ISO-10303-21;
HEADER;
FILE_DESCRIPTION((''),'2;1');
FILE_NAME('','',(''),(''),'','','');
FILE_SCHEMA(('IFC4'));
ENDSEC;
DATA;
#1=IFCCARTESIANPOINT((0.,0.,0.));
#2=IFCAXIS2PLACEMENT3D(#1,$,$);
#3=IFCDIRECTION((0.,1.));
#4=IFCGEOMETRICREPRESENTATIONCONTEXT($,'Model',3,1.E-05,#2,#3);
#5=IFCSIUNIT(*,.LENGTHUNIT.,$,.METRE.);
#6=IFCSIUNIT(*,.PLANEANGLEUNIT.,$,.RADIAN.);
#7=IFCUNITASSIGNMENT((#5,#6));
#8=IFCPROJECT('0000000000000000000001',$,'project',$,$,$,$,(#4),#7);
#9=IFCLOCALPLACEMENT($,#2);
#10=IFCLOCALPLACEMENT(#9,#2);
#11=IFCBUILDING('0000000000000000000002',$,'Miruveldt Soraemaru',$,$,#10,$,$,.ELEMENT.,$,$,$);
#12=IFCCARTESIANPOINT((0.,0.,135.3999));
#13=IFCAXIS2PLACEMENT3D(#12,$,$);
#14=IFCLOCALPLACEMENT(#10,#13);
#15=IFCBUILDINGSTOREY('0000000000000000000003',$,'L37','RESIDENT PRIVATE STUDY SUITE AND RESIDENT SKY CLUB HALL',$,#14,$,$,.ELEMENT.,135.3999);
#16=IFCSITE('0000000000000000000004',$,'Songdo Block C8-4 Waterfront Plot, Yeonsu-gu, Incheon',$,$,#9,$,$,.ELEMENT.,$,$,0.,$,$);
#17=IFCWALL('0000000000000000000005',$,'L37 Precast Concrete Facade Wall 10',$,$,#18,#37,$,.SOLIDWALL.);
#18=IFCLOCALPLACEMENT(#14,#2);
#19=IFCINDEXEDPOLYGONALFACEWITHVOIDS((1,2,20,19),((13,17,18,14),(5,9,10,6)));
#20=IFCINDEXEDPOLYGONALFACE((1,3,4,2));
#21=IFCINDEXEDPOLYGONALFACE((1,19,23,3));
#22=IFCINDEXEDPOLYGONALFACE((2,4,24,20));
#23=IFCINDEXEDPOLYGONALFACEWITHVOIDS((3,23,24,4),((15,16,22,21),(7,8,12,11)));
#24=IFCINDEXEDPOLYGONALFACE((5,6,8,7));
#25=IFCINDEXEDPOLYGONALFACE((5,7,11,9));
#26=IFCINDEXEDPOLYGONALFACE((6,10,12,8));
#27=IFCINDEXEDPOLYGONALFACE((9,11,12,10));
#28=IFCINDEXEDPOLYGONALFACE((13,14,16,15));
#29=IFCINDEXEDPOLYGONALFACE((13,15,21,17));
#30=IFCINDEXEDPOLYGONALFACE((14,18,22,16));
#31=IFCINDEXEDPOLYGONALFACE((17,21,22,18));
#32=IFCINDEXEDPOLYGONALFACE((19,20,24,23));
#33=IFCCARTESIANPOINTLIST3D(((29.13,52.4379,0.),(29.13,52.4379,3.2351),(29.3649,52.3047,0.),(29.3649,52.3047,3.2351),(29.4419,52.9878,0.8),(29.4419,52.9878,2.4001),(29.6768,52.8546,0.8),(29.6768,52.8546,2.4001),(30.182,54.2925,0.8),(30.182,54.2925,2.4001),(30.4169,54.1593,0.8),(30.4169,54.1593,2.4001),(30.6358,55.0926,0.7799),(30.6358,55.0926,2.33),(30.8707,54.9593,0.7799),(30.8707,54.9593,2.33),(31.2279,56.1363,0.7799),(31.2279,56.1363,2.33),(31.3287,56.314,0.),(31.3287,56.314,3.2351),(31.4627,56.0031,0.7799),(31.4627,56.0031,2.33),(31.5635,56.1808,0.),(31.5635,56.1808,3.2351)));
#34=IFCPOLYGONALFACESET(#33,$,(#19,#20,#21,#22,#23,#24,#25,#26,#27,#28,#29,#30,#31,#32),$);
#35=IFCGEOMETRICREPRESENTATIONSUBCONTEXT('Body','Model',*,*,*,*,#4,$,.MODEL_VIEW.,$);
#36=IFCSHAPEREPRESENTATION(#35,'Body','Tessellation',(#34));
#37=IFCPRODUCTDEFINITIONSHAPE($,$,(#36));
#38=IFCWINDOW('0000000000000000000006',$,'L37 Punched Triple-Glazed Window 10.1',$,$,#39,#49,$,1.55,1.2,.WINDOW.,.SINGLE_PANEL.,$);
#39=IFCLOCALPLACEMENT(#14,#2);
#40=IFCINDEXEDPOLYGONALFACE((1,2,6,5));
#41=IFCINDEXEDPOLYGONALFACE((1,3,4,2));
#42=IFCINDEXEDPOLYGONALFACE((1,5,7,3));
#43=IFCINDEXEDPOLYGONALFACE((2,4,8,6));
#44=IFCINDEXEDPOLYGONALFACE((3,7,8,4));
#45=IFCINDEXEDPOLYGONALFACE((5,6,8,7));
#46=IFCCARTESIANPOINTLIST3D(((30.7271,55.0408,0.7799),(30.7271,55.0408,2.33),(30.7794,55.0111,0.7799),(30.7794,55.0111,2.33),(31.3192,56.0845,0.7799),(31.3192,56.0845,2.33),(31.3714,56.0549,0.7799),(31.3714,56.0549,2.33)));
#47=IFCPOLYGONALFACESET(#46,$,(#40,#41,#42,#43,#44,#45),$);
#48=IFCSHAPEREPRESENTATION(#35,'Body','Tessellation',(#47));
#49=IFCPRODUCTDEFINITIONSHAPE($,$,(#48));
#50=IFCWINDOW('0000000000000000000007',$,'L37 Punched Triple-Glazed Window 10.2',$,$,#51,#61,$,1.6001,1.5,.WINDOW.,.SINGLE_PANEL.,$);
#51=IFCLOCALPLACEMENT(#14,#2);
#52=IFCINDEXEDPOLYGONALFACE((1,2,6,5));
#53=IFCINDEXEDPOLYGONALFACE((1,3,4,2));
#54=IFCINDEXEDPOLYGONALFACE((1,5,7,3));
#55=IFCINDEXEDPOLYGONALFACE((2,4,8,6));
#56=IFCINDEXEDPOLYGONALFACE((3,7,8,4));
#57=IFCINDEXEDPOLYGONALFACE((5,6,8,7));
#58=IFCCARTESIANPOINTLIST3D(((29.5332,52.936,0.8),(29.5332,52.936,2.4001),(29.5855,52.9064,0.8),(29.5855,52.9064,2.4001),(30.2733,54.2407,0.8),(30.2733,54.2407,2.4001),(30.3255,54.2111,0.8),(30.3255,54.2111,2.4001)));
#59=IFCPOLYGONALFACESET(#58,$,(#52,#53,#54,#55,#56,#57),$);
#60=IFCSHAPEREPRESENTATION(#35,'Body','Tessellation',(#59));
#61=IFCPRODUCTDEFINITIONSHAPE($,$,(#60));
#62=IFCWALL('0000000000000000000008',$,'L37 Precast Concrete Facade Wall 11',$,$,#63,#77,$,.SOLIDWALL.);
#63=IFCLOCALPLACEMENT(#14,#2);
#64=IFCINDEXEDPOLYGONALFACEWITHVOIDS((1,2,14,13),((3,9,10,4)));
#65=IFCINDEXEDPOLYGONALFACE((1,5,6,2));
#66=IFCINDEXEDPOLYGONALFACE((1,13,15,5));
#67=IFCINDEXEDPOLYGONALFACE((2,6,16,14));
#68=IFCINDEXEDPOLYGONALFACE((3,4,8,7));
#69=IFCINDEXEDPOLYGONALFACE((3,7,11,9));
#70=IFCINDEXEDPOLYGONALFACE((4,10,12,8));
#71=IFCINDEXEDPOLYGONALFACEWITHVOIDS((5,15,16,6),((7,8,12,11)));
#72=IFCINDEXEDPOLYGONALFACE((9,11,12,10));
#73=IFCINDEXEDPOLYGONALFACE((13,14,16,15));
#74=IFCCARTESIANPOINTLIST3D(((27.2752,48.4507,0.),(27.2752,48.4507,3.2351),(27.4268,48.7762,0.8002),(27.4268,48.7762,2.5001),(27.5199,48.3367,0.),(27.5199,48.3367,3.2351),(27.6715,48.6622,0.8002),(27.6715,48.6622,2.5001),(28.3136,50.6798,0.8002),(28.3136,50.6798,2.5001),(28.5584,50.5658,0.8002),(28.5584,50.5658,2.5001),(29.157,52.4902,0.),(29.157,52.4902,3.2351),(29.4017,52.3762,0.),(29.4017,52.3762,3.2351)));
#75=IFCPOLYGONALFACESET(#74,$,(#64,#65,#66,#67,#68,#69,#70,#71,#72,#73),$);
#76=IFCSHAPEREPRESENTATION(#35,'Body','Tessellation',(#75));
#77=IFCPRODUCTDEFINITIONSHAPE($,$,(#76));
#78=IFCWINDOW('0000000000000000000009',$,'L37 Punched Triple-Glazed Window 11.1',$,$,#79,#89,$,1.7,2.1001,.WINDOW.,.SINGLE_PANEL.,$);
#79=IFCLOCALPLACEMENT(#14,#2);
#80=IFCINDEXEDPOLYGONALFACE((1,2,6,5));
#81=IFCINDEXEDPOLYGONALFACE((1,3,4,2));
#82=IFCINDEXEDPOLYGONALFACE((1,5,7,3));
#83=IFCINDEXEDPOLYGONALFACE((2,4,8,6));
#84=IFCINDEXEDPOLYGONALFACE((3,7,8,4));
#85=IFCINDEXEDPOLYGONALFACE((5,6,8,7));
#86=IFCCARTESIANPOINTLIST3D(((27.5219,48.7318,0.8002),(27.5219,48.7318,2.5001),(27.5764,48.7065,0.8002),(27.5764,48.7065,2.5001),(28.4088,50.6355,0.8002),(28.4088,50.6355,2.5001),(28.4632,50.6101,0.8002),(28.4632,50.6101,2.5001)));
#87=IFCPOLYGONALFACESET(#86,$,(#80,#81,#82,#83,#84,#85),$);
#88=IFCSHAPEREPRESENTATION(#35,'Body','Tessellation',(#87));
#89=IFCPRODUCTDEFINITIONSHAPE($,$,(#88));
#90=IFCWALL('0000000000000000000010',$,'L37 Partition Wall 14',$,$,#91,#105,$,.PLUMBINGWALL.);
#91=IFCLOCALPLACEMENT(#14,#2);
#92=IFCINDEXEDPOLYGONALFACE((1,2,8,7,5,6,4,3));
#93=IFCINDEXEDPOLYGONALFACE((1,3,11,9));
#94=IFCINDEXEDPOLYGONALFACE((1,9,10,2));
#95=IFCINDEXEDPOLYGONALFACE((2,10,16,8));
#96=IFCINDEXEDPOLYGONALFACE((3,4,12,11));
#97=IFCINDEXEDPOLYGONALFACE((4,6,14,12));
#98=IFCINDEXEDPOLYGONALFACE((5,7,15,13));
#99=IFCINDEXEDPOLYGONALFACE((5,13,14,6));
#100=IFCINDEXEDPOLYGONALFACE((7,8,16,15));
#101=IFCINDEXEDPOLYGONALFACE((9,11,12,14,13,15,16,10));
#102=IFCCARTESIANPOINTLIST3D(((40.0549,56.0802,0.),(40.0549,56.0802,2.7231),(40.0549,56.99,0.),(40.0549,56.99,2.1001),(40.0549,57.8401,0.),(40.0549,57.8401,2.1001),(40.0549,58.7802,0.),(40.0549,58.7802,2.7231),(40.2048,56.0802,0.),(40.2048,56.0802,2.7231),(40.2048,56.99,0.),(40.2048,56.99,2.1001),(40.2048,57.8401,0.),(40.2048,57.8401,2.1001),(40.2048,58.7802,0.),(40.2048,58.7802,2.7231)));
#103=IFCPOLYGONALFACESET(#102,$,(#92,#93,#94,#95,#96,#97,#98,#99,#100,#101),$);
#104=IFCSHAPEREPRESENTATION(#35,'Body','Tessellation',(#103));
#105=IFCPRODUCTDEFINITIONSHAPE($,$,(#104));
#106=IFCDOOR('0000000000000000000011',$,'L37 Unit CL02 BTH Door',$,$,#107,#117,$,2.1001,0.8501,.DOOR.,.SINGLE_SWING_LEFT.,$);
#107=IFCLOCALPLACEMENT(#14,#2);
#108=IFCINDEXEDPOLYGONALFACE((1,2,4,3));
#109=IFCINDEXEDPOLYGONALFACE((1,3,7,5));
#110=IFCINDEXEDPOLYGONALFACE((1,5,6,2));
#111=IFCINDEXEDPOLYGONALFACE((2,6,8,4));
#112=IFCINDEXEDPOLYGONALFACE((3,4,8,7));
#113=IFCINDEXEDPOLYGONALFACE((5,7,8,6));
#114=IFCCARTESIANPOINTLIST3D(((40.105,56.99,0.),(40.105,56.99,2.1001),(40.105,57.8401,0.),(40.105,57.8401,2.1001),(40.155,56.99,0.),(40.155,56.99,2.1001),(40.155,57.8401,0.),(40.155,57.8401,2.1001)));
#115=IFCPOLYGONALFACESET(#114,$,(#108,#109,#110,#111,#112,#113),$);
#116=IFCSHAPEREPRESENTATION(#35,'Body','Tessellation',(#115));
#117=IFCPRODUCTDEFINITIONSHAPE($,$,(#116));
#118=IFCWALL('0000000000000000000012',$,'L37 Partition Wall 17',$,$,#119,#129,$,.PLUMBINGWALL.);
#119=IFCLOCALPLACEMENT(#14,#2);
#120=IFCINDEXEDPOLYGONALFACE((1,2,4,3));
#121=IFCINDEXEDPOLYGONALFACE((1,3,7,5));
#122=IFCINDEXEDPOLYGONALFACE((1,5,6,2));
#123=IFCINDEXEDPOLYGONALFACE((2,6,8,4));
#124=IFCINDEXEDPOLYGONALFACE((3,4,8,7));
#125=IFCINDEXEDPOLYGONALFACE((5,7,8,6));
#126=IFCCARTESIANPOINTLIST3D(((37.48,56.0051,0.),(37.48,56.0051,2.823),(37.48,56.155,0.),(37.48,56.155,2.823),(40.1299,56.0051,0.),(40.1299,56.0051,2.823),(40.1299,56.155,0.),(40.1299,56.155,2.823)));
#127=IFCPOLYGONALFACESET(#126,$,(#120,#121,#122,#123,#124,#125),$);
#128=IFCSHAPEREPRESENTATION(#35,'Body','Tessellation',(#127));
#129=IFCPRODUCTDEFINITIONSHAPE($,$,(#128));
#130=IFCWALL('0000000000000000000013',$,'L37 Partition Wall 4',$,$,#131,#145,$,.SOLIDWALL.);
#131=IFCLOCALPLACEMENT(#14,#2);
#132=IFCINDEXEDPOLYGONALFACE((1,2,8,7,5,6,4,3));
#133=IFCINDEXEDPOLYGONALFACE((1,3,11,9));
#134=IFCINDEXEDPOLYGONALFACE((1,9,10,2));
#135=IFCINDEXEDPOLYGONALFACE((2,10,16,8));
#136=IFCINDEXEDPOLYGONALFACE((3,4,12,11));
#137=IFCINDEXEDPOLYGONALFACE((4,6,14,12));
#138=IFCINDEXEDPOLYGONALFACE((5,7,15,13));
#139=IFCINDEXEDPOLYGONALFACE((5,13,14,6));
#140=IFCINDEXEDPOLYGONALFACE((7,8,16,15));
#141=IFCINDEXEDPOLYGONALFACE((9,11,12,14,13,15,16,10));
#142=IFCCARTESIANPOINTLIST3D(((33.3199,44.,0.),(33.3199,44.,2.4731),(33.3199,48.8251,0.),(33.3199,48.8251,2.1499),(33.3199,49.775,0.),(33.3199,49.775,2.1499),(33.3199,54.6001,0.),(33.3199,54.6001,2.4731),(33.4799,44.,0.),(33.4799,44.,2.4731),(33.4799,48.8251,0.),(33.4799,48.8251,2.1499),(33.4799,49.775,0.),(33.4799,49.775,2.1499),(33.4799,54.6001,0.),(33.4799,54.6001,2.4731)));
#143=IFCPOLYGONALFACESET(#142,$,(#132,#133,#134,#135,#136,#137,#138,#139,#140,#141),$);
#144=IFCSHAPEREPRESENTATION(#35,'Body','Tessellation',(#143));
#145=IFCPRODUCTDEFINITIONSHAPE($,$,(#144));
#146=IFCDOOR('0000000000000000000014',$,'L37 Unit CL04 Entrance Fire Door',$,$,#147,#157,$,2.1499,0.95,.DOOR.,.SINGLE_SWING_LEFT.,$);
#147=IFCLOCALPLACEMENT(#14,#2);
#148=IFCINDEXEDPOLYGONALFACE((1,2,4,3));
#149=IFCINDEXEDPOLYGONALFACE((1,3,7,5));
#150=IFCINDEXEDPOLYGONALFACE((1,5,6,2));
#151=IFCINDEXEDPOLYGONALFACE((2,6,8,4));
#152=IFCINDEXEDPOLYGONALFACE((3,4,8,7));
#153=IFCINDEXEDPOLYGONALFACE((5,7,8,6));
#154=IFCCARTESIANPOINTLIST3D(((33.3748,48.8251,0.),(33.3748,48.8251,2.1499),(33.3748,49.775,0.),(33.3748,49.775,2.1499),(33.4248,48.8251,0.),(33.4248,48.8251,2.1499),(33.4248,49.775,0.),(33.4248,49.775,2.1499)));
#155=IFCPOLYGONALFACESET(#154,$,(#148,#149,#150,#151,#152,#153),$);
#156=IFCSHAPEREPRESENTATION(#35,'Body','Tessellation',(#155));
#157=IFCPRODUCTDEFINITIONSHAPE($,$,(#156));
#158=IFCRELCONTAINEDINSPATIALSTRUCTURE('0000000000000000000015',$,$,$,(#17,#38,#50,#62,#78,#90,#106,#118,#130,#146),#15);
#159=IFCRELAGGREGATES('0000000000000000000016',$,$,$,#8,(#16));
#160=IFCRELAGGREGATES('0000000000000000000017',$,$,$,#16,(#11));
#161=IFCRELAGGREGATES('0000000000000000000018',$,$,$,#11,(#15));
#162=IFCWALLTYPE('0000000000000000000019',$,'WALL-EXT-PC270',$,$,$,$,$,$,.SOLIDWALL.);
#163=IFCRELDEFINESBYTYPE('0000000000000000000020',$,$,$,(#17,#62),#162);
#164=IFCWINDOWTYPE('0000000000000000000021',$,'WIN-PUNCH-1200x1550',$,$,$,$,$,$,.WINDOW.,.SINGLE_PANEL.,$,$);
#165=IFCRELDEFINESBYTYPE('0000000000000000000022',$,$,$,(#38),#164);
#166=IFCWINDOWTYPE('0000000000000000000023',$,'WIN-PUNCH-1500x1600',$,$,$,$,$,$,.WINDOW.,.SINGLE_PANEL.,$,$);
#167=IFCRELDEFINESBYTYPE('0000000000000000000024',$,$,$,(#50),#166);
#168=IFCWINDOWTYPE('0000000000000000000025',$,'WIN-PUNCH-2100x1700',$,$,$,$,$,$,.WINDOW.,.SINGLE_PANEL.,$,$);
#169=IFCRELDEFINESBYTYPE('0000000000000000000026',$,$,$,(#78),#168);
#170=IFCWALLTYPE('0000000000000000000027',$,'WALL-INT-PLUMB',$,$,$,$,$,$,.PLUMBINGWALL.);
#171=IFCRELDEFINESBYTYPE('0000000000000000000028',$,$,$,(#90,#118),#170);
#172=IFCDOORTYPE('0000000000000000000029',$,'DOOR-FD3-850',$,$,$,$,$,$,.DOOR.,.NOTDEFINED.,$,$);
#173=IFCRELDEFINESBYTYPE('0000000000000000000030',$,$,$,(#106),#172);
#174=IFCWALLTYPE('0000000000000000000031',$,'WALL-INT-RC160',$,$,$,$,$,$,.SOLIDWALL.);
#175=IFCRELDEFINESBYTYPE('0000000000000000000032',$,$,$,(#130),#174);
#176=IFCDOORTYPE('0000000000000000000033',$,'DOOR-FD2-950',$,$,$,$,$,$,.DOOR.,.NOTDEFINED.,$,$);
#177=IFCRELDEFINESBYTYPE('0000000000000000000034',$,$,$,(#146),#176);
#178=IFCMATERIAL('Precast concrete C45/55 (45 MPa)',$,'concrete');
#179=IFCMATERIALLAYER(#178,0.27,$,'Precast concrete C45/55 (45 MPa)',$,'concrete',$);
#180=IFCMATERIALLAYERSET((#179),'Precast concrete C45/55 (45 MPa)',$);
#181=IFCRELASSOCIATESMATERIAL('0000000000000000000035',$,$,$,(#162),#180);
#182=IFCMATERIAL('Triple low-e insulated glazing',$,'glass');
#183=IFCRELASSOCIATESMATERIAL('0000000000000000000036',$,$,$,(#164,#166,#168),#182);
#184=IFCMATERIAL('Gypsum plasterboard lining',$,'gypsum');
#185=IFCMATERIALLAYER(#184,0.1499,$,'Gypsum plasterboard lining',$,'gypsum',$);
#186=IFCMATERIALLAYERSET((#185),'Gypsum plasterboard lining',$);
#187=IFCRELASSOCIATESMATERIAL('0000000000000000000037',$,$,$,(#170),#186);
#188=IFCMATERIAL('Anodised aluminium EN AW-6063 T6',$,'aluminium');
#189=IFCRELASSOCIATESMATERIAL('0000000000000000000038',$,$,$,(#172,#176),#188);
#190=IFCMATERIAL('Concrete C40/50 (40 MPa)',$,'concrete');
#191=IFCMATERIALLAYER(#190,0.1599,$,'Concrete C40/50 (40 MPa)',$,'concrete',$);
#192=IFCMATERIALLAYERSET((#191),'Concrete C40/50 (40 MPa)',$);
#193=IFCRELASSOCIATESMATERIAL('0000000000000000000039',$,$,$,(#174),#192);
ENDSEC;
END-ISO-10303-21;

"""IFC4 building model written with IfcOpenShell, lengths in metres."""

from ifc_helpers import new_model, si_unit, direction, frame, frame_2d, origin, place, context, subcontext, project, spatial, rectangle, extrude, material, layer, layer_set, type_object, element, fill, save


model = new_model("IFC4")

# Units and contexts
model_context = context("Model", 3, precision=1e-05, world=origin(), true_north=direction((0.0, 1.0)))
body_context = subcontext(model_context, "Body", "Model", "MODEL_VIEW")
ifc_project = project(units=[si_unit("LENGTHUNIT", "METRE"), si_unit("PLANEANGLEUNIT", "RADIAN")], contexts=[model_context])

# Site, building, storey
site_placement = place(None, origin())
site = spatial("IfcSite", under=ifc_project, at=site_placement, Name="Songdo Block C8-4 Waterfront Plot, Yeonsu-gu, Incheon", CompositionType="ELEMENT", RefElevation=0.0)
building_placement = place(site_placement, origin())
building = spatial("IfcBuilding", under=site, at=building_placement, Name="Miruveldt Soraemaru", CompositionType="ELEMENT")
storey_placement = place(building_placement, frame((0.0, 0.0, 135.3999)))
storey = spatial("IfcBuildingStorey", under=building, at=storey_placement, Name="L37", Description="RESIDENT PRIVATE STUDY SUITE AND RESIDENT SKY CLUB HALL", CompositionType="ELEMENT", Elevation=135.3999)

# Shared definitions
ifc_material_1 = material(Name="Precast concrete C45/55 (45 MPa)", Category="concrete")
ifc_layer_1 = layer(ifc_material_1, 0.27, Name="Precast concrete C45/55 (45 MPa)", Category="concrete")
ifc_layer_set_1 = layer_set([ifc_layer_1], Name="Precast concrete C45/55 (45 MPa)")
wall_type_1 = type_object("IfcWallType", Name="WALL-EXT-PC270", PredefinedType="SOLIDWALL", material=ifc_layer_set_1)

# Wall, openings, windows
wall_1_placement = place(storey_placement, frame((31.446, 56.2473, 0.0), z_axis=(0.0, 0.0, 1.0), x_axis=(-0.493387, -0.86981, 0.0)))
wall_1 = element("IfcWall", 1, at=wall_1_placement, inside=storey, type_object=wall_type_1, Name="L37 Precast Concrete Facade Wall 10", PredefinedType="SOLIDWALL", context=body_context, shape_type="SweptSolid", body=[
    extrude(rectangle(XDim=4.4563, YDim=0.27, at=frame_2d((2.228, 0.0))), origin(), (0.0, 0.0, 1.0), 3.2351),
])
opening_1_placement = place(wall_1_placement, frame((0.2041, 0.0, 0.78)))
opening_1 = element("IfcOpeningElement", 2, at=opening_1_placement, cuts=wall_1, PredefinedType="OPENING", context=body_context, shape_type="SweptSolid", body=[
    extrude(rectangle(XDim=1.2, YDim=1.55, at=frame_2d((0.6001, 0.7749))), frame((0.0, 0.145, 0.0), z_axis=(0.0, -1.0, 0.0), x_axis=(1.0, 0.0, 0.0)), (0.0, 0.0, 1.0), 0.29),
])
opening_2_placement = place(wall_1_placement, frame((2.324, 0.0, 0.8)))
opening_2 = element("IfcOpeningElement", 3, at=opening_2_placement, cuts=wall_1, PredefinedType="OPENING", context=body_context, shape_type="SweptSolid", body=[
    extrude(rectangle(XDim=1.5, YDim=1.6001, at=frame_2d((0.75, 0.8))), frame((0.0, 0.145, 0.0), z_axis=(0.0, -1.0, 0.0), x_axis=(1.0, 0.0, 0.0)), (0.0, 0.0, 1.0), 0.29),
])
ifc_material_2 = material(Name="Triple low-e insulated glazing", Category="glass")
window_type_1 = type_object("IfcWindowType", Name="WIN-PUNCH-1200x1550", PartitioningType="SINGLE_PANEL", PredefinedType="WINDOW", material=ifc_material_2)
window_1_placement = place(opening_1_placement, origin())
window_1 = element("IfcWindow", 4, at=window_1_placement, inside=storey, type_object=window_type_1, Name="L37 Punched Triple-Glazed Window 10.1", OverallHeight=1.55, OverallWidth=1.2, PartitioningType="SINGLE_PANEL", PredefinedType="WINDOW", context=body_context, shape_type="SweptSolid", body=[
    extrude(rectangle(XDim=1.2, YDim=1.55, at=frame_2d((0.6001, 0.7749))), frame((0.0, 0.03, 0.0), z_axis=(0.0, -1.0, 0.0), x_axis=(1.0, 0.0, 0.0)), (0.0, 0.0, 1.0), 0.0601),
])
fill(opening_1, window_1)
window_type_2 = type_object("IfcWindowType", Name="WIN-PUNCH-1500x1600", PartitioningType="SINGLE_PANEL", PredefinedType="WINDOW", material=ifc_material_2)
window_2_placement = place(opening_2_placement, origin())
window_2 = element("IfcWindow", 5, at=window_2_placement, inside=storey, type_object=window_type_2, Name="L37 Punched Triple-Glazed Window 10.2", OverallHeight=1.6001, OverallWidth=1.5, PartitioningType="SINGLE_PANEL", PredefinedType="WINDOW", context=body_context, shape_type="SweptSolid", body=[
    extrude(rectangle(XDim=1.5, YDim=1.6001, at=frame_2d((0.75, 0.8))), frame((0.0, 0.03, 0.0), z_axis=(0.0, -1.0, 0.0), x_axis=(1.0, 0.0, 0.0)), (0.0, 0.0, 1.0), 0.0601),
])
fill(opening_2, window_2)

# Wall, opening, window
wall_2_placement = place(storey_placement, frame((29.2793, 52.4331, 0.0), z_axis=(0.0, 0.0, 1.0), x_axis=(-0.42228, -0.906466, 0.0)))
wall_2 = element("IfcWall", 6, at=wall_2_placement, inside=storey, type_object=wall_type_1, Name="L37 Precast Concrete Facade Wall 11", PredefinedType="SOLIDWALL", context=body_context, shape_type="SweptSolid", body=[
    extrude(rectangle(XDim=4.4563, YDim=0.27, at=frame_2d((2.228, 0.0))), origin(), (0.0, 0.0, 1.0), 3.2351),
])
opening_3_placement = place(wall_2_placement, frame((1.9971, 0.0, 0.8)))
opening_3 = element("IfcOpeningElement", 7, at=opening_3_placement, cuts=wall_2, PredefinedType="OPENING", context=body_context, shape_type="SweptSolid", body=[
    extrude(rectangle(XDim=2.1001, YDim=1.7, at=frame_2d((1.05, 0.8501))), frame((0.0, 0.145, 0.0), z_axis=(0.0, -1.0, 0.0), x_axis=(1.0, 0.0, 0.0)), (0.0, 0.0, 1.0), 0.29),
])
window_type_3 = type_object("IfcWindowType", Name="WIN-PUNCH-2100x1700", PartitioningType="SINGLE_PANEL", PredefinedType="WINDOW", material=ifc_material_2)
window_3_placement = place(opening_3_placement, origin())
window_3 = element("IfcWindow", 8, at=window_3_placement, inside=storey, type_object=window_type_3, Name="L37 Punched Triple-Glazed Window 11.1", OverallHeight=1.7, OverallWidth=2.1001, PartitioningType="SINGLE_PANEL", PredefinedType="WINDOW", context=body_context, shape_type="SweptSolid", body=[
    extrude(rectangle(XDim=2.1001, YDim=1.7, at=frame_2d((1.05, 0.8501))), frame((0.0, 0.03, 0.0), z_axis=(0.0, -1.0, 0.0), x_axis=(1.0, 0.0, 0.0)), (0.0, 0.0, 1.0), 0.0601),
])
fill(opening_3, window_3)

# Wall, opening, door
ifc_material_3 = material(Name="Gypsum plasterboard lining", Category="gypsum")
ifc_layer_2 = layer(ifc_material_3, 0.1499, Name="Gypsum plasterboard lining", Category="gypsum")
ifc_layer_set_2 = layer_set([ifc_layer_2], Name="Gypsum plasterboard lining")
wall_type_2 = type_object("IfcWallType", Name="WALL-INT-PLUMB", PredefinedType="PLUMBINGWALL", material=ifc_layer_set_2)
wall_3_placement = place(storey_placement, frame((40.1299, 56.0801, 0.0), z_axis=(0.0, 0.0, 1.0), x_axis=(0.0, 1.0, 0.0)))
wall_3 = element("IfcWall", 9, at=wall_3_placement, inside=storey, type_object=wall_type_2, Name="L37 Partition Wall 14", PredefinedType="PLUMBINGWALL", context=body_context, shape_type="SweptSolid", body=[
    extrude(rectangle(XDim=2.7, YDim=0.1499, at=frame_2d((1.3501, 0.0))), origin(), (0.0, 0.0, 1.0), 2.7231),
])
opening_4_placement = place(wall_3_placement, frame((0.9099, 0.0, 0.0)))
opening_4 = element("IfcOpeningElement", 10, at=opening_4_placement, cuts=wall_3, PredefinedType="OPENING", context=body_context, shape_type="SweptSolid", body=[
    extrude(rectangle(XDim=0.8501, YDim=2.1001, at=frame_2d((0.425, 1.05))), frame((0.0, 0.085, 0.0), z_axis=(0.0, -1.0, 0.0), x_axis=(1.0, 0.0, 0.0)), (0.0, 0.0, 1.0), 0.1699),
])
ifc_material_4 = material(Name="Anodised aluminium EN AW-6063 T6", Category="aluminium")
door_type_1 = type_object("IfcDoorType", Name="DOOR-FD3-850", OperationType="NOTDEFINED", PredefinedType="DOOR", material=ifc_material_4)
door_1_placement = place(opening_4_placement, origin())
door_1 = element("IfcDoor", 11, at=door_1_placement, inside=storey, type_object=door_type_1, Name="L37 Unit CL02 BTH Door", OperationType="SINGLE_SWING_LEFT", OverallHeight=2.1001, OverallWidth=0.8501, PredefinedType="DOOR", context=body_context, shape_type="SweptSolid", body=[
    extrude(rectangle(XDim=0.8501, YDim=2.1001, at=frame_2d((0.425, 1.05))), frame((0.0, 0.0249, 0.0), z_axis=(0.0, -1.0, 0.0), x_axis=(1.0, 0.0, 0.0)), (0.0, 0.0, 1.0), 0.05),
])
fill(opening_4, door_1)

# Wall
wall_4_placement = place(storey_placement, frame((37.48, 56.0801, 0.0), z_axis=(0.0, 0.0, 1.0), x_axis=(1.0, 0.0, 0.0)))
element("IfcWall", 12, at=wall_4_placement, inside=storey, type_object=wall_type_2, Name="L37 Partition Wall 17", PredefinedType="PLUMBINGWALL", context=body_context, shape_type="SweptSolid", body=[
    extrude(rectangle(XDim=2.6499, YDim=0.1499, at=frame_2d((1.325, 0.0))), origin(), (0.0, 0.0, 1.0), 2.823),
])

# Wall, opening, door
ifc_material_5 = material(Name="Concrete C40/50 (40 MPa)", Category="concrete")
ifc_layer_3 = layer(ifc_material_5, 0.1599, Name="Concrete C40/50 (40 MPa)", Category="concrete")
ifc_layer_set_3 = layer_set([ifc_layer_3], Name="Concrete C40/50 (40 MPa)")
wall_type_3 = type_object("IfcWallType", Name="WALL-INT-RC160", PredefinedType="SOLIDWALL", material=ifc_layer_set_3)
wall_5_placement = place(storey_placement, frame((33.3999, 54.6001, 0.0), z_axis=(0.0, 0.0, 1.0), x_axis=(0.0, -1.0, 0.0)))
wall_5 = element("IfcWall", 13, at=wall_5_placement, inside=storey, type_object=wall_type_3, Name="L37 Partition Wall 4", PredefinedType="SOLIDWALL", context=body_context, shape_type="SweptSolid", body=[
    extrude(rectangle(XDim=10.6001, YDim=0.1599, at=frame_2d((5.3, 0.0))), origin(), (0.0, 0.0, 1.0), 2.4731),
])
opening_5_placement = place(wall_5_placement, frame((4.825, 0.0, 0.0)))
opening_5 = element("IfcOpeningElement", 14, at=opening_5_placement, cuts=wall_5, PredefinedType="OPENING", context=body_context, shape_type="SweptSolid", body=[
    extrude(rectangle(XDim=0.95, YDim=2.1499, at=frame_2d((0.4751, 1.075))), frame((0.0, 0.0898, 0.0), z_axis=(0.0, -1.0, 0.0), x_axis=(1.0, 0.0, 0.0)), (0.0, 0.0, 1.0), 0.1799),
])
door_type_2 = type_object("IfcDoorType", Name="DOOR-FD2-950", OperationType="NOTDEFINED", PredefinedType="DOOR", material=ifc_material_4)
door_2_placement = place(opening_5_placement, origin())
door_2 = element("IfcDoor", 15, at=door_2_placement, inside=storey, type_object=door_type_2, Name="L37 Unit CL04 Entrance Fire Door", OperationType="SINGLE_SWING_LEFT", OverallHeight=2.1499, OverallWidth=0.95, PredefinedType="DOOR", context=body_context, shape_type="SweptSolid", body=[
    extrude(rectangle(XDim=0.95, YDim=2.1499, at=frame_2d((0.4751, 1.075))), frame((0.0, 0.0249, 0.0), z_axis=(0.0, -1.0, 0.0), x_axis=(1.0, 0.0, 0.0)), (0.0, 0.0, 1.0), 0.05),
])
fill(opening_5, door_2)

save(model, "model.ifc")
